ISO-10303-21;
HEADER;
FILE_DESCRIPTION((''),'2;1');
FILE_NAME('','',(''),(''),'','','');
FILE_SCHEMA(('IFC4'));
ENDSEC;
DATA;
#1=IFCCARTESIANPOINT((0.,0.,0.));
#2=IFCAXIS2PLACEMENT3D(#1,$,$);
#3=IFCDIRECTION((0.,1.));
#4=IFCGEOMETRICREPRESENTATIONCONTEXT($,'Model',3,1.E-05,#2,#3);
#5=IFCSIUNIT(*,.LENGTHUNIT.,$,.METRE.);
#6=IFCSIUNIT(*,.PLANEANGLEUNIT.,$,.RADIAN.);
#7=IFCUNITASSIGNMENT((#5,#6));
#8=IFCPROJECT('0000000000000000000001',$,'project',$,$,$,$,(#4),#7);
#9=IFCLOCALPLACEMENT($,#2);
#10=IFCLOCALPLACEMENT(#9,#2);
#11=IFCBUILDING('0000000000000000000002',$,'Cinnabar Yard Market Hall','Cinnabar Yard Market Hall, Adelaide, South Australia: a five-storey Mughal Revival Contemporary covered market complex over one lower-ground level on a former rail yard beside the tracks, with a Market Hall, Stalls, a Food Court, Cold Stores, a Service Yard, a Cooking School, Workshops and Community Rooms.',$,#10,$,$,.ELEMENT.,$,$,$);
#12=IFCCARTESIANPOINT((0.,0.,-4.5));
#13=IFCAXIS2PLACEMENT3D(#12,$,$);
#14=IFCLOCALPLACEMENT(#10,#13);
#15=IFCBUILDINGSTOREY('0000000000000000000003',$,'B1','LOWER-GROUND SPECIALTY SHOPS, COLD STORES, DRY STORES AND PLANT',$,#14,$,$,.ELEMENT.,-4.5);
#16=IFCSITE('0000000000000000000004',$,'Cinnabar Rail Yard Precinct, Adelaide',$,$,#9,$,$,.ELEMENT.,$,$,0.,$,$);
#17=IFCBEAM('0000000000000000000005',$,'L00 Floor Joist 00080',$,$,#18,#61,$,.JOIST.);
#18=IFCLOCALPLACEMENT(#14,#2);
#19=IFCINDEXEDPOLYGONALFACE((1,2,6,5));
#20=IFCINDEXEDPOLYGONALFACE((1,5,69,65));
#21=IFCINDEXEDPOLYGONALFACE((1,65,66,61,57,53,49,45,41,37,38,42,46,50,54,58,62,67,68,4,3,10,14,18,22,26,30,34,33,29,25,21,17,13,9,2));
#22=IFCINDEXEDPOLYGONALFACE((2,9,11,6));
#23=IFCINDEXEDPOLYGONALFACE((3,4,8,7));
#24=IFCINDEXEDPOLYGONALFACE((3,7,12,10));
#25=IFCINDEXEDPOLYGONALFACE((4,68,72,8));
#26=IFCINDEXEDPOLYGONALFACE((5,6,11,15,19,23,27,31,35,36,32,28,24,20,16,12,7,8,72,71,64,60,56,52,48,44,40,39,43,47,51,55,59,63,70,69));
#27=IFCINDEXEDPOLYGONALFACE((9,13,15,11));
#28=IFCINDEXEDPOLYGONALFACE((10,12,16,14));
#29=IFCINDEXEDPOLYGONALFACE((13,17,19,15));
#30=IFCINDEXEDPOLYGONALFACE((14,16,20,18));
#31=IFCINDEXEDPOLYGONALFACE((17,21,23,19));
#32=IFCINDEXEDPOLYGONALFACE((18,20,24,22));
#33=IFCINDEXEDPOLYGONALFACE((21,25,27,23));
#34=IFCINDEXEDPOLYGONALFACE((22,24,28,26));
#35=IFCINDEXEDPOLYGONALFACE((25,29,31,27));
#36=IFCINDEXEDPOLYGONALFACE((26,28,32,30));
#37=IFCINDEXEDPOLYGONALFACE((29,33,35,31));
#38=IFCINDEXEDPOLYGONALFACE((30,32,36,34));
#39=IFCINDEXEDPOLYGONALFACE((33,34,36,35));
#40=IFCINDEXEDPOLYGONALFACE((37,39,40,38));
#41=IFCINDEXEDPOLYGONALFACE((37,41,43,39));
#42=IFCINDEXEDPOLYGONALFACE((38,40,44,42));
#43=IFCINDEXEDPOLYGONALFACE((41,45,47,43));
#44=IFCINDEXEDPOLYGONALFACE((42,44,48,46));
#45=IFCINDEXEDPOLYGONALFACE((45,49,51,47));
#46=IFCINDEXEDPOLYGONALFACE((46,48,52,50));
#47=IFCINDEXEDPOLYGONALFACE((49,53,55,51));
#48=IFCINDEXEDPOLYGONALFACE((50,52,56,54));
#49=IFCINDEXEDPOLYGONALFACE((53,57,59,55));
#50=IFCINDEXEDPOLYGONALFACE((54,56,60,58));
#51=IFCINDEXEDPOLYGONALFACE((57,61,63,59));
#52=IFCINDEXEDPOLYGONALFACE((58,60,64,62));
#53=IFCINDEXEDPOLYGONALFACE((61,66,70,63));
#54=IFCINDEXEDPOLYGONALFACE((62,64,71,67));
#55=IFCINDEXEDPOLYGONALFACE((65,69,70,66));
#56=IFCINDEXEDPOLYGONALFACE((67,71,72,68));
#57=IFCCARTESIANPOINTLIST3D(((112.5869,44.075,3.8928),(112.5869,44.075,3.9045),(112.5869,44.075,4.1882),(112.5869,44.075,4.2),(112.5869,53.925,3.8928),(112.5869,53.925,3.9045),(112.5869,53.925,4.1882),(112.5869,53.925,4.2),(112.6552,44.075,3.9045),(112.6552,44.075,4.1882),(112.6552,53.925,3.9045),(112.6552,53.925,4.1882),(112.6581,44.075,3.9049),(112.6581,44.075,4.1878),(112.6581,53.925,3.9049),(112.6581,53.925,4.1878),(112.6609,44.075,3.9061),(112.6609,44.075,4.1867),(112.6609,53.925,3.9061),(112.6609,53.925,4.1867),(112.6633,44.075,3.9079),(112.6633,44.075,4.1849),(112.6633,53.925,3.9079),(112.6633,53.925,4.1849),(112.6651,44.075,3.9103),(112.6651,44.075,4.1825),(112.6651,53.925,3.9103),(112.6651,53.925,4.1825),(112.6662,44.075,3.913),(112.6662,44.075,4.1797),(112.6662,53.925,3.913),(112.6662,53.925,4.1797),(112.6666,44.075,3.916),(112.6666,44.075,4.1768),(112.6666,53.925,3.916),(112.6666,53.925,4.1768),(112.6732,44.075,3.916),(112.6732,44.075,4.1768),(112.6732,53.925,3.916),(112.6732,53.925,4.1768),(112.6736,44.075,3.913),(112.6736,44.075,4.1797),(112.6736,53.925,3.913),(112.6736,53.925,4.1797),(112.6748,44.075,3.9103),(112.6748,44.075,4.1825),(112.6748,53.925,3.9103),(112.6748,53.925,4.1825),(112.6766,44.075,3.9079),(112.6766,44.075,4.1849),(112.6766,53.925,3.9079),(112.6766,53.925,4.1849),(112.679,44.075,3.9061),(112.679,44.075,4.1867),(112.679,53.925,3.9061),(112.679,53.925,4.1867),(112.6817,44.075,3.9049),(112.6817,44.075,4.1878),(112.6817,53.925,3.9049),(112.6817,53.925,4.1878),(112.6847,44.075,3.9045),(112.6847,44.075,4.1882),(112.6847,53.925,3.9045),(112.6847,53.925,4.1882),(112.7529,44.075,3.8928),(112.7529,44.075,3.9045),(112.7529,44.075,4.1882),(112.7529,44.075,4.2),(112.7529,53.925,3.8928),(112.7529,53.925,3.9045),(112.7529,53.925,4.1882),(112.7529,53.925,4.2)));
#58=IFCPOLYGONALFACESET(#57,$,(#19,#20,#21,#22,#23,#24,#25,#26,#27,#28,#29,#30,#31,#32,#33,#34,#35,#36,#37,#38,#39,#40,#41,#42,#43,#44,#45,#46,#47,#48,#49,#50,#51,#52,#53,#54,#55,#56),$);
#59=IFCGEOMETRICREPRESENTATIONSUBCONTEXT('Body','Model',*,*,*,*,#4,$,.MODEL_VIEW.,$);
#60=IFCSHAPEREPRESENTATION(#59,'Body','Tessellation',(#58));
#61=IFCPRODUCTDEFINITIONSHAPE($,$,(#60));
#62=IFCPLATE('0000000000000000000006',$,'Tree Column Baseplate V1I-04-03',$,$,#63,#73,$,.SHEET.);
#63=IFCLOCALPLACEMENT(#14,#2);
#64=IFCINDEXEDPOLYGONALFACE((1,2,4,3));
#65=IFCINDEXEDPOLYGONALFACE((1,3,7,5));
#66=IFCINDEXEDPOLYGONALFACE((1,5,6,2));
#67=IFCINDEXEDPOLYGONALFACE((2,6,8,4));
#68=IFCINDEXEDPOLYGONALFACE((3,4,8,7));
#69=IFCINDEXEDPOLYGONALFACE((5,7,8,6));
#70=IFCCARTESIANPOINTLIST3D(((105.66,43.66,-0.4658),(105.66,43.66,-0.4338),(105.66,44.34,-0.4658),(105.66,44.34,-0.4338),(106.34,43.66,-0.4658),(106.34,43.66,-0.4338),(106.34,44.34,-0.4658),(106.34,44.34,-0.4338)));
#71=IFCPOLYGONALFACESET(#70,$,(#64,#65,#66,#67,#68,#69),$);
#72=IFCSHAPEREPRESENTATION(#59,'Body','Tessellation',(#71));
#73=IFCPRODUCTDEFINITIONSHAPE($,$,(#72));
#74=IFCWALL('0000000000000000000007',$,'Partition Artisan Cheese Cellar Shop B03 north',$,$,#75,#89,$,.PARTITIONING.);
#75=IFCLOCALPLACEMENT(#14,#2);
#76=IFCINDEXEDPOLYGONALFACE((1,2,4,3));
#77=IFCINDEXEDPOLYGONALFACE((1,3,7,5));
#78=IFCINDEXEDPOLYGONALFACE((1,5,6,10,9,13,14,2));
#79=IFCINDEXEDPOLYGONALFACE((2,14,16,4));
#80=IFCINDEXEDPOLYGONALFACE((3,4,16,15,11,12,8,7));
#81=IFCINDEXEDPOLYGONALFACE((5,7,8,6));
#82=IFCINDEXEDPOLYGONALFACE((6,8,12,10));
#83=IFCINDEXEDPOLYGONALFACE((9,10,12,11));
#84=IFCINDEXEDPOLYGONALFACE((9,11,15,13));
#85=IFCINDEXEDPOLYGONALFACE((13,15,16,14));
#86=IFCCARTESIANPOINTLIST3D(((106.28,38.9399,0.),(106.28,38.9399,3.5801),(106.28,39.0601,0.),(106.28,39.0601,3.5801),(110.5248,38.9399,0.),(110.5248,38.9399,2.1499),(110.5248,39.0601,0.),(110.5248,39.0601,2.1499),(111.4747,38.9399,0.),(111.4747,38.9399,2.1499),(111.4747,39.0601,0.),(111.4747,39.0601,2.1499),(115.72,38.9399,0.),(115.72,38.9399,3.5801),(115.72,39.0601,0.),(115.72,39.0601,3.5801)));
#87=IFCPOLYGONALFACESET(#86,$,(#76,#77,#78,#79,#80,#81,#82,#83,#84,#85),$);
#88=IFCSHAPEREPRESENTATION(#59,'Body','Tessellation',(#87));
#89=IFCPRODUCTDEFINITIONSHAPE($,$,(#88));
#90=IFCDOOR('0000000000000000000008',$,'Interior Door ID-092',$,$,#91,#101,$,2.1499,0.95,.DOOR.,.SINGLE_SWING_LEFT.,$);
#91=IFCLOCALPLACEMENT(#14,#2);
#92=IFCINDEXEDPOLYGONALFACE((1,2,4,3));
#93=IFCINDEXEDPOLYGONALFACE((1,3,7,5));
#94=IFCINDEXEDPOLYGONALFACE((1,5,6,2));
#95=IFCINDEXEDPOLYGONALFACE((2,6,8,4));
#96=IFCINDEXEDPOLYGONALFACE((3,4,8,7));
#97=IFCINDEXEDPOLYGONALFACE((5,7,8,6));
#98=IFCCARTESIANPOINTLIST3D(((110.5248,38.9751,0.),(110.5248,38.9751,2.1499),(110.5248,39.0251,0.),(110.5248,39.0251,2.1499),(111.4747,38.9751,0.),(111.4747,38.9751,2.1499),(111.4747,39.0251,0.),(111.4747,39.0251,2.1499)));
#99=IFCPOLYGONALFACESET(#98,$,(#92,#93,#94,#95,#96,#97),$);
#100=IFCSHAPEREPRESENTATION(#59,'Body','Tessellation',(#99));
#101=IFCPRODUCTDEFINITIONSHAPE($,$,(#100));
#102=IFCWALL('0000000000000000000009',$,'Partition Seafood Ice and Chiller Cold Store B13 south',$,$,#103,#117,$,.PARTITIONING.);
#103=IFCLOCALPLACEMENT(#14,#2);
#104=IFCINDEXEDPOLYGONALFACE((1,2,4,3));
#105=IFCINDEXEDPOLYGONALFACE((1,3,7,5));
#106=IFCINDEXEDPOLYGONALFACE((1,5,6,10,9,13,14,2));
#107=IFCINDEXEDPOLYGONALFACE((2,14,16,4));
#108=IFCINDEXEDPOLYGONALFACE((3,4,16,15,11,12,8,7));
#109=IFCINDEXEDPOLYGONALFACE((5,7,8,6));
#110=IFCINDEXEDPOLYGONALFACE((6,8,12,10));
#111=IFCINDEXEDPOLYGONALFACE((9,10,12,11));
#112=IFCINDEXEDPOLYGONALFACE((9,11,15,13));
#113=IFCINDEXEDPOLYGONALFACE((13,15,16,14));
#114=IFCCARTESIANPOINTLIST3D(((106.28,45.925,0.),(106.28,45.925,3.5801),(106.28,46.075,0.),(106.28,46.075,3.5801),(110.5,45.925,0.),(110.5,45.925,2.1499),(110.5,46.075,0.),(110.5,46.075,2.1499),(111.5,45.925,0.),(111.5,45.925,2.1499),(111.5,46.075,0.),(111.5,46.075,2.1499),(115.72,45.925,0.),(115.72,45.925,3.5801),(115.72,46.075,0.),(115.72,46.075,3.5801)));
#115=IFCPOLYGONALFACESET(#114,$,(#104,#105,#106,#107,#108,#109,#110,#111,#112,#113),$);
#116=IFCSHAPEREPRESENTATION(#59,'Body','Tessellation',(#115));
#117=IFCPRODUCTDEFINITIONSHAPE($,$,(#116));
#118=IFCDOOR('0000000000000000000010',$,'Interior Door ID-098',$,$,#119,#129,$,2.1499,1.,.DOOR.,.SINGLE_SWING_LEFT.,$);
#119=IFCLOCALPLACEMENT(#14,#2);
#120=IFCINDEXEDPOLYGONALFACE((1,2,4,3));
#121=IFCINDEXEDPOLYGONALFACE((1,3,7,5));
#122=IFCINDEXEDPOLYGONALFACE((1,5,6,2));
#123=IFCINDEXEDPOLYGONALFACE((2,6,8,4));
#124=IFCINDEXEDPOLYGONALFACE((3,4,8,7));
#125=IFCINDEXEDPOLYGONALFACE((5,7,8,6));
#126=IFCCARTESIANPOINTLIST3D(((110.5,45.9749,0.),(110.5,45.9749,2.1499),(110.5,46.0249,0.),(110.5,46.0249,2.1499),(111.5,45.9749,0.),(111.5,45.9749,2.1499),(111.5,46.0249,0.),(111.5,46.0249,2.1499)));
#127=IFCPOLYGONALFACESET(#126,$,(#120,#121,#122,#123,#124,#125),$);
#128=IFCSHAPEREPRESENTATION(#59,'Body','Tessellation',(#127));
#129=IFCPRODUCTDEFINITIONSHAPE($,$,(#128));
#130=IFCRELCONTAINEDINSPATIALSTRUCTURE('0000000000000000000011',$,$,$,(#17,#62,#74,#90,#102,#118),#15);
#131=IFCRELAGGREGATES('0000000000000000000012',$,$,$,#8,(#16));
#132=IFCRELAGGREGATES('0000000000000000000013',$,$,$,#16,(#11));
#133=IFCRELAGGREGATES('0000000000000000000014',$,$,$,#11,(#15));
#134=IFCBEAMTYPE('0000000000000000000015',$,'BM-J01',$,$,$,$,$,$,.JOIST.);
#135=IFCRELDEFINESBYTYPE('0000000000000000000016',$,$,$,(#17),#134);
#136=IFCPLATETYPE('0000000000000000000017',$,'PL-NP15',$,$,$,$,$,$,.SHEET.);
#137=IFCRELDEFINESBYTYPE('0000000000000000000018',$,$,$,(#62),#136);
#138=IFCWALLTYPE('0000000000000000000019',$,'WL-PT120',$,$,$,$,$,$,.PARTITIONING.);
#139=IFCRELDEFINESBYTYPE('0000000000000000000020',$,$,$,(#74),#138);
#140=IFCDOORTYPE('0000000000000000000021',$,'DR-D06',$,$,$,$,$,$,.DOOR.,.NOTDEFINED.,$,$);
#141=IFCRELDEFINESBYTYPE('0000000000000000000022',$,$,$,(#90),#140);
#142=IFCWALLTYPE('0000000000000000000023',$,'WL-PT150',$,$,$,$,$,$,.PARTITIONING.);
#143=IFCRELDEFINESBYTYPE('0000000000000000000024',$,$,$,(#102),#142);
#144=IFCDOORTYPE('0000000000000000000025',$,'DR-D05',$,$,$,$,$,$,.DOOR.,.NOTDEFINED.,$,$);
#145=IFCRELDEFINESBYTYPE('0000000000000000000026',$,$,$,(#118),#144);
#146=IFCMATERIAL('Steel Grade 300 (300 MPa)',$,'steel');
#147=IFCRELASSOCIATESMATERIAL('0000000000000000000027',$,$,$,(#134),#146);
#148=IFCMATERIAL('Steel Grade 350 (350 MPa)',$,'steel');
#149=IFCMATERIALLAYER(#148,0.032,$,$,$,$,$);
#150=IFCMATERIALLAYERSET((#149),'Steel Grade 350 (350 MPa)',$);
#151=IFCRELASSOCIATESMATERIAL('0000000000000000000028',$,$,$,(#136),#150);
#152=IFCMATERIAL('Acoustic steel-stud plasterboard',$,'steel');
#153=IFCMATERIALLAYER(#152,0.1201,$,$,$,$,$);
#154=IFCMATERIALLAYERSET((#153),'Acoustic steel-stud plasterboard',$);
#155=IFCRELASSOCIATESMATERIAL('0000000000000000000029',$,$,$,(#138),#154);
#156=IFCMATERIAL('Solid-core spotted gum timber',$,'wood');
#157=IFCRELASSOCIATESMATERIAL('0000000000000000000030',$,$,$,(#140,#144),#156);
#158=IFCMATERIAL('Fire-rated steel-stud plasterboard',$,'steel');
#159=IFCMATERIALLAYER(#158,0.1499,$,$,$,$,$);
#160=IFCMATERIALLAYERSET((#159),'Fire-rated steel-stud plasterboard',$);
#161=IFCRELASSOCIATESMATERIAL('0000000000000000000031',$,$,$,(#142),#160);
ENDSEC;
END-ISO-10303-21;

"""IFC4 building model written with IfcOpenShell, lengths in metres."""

from ifc_helpers import new_model, si_unit, direction, frame, frame_2d, origin, origin_2d_with_axis, place, context, subcontext, project, spatial, rectangle, i_section, extrude, material, layer, layer_set, material_profile, profile_set, type_object, element, fill, save


model = new_model("IFC4")

# Units and contexts
model_context = context("Model", 3, precision=1e-05, world=origin(), true_north=direction((0.0, 1.0)))
body_context = subcontext(model_context, "Body", "Model", "MODEL_VIEW")
ifc_project = project(units=[si_unit("LENGTHUNIT", "METRE"), si_unit("PLANEANGLEUNIT", "RADIAN")], contexts=[model_context])

# Site, building, storey
site_placement = place(None, origin())
site = spatial("IfcSite", under=ifc_project, at=site_placement, Name="Cinnabar Rail Yard Precinct, Adelaide", CompositionType="ELEMENT", RefElevation=0.0)
building_placement = place(site_placement, origin())
building = spatial("IfcBuilding", under=site, at=building_placement, Name="Cinnabar Yard Market Hall", Description="Cinnabar Yard Market Hall, Adelaide, South Australia: a five-storey Mughal Revival Contemporary covered market complex over one lower-ground level on a former rail yard beside the tracks, with a Market Hall, Stalls, a Food Court, Cold Stores, a Service Yard, a Cooking School, Workshops and Community Rooms.", CompositionType="ELEMENT")
storey_placement = place(building_placement, frame((0.0, 0.0, -4.5)))
storey = spatial("IfcBuildingStorey", under=building, at=storey_placement, Name="B1", Description="LOWER-GROUND SPECIALTY SHOPS, COLD STORES, DRY STORES AND PLANT", CompositionType="ELEMENT", Elevation=-4.5)

# Beam
ifc_material_1 = material(Name="Steel Grade 300 (300 MPa)", Category="steel")
ifc_material_profile_1 = material_profile(ifc_material_1, i_section(OverallWidth=0.166, OverallDepth=0.3071, WebThickness=0.0066, FlangeThickness=0.0117, FilletRadius=0.0115, at=origin_2d_with_axis()), Name="310UB46.2")
ifc_profile_set_1 = profile_set([ifc_material_profile_1], Name="Steel Grade 300 (300 MPa)")
beam_type_1 = type_object("IfcBeamType", Name="BM-J01", PredefinedType="JOIST", material=ifc_profile_set_1)
for number, where, z_axis, x_axis, name in (
    (1, (112.6699, 44.075, 4.0464), (0.0, 1.0, 0.0), (-1.0, 0.0, 0.0), "L00 Floor Joist 00080"),
):
    element("IfcBeam", number, at=place(storey_placement, frame(where, z_axis=z_axis, x_axis=x_axis)), inside=storey, type_object=beam_type_1, Name=name, PredefinedType="JOIST", context=body_context, shape_type="SweptSolid", body=[
        extrude(i_section(OverallWidth=0.166, OverallDepth=0.3071, WebThickness=0.0066, FlangeThickness=0.0117, FilletRadius=0.0115, at=origin_2d_with_axis()), origin(), (0.0, 0.0, 1.0), 9.8501),
    ])

# Plate
ifc_material_2 = material(Name="Steel Grade 350 (350 MPa)", Category="steel")
ifc_layer_1 = layer(ifc_material_2, 0.032)
ifc_layer_set_1 = layer_set([ifc_layer_1], Name="Steel Grade 350 (350 MPa)")
plate_type = type_object("IfcPlateType", Name="PL-NP15", PredefinedType="SHEET", material=ifc_layer_set_1)
plate_placement = place(storey_placement, frame((106.0, 44.0, -0.4658), z_axis=(0.0, 0.0, 1.0), x_axis=(1.0, 0.0, 0.0)))
element("IfcPlate", 2, at=plate_placement, inside=storey, type_object=plate_type, Name="Tree Column Baseplate V1I-04-03", PredefinedType="SHEET", context=body_context, shape_type="SweptSolid", body=[
    extrude(rectangle(XDim=0.6799, YDim=0.6799, at=origin_2d_with_axis()), origin(), (0.0, 0.0, 1.0), 0.032),
])

# Walls, openings, doors
ifc_material_3 = material(Name="Acoustic steel-stud plasterboard", Category="steel")
ifc_layer_2 = layer(ifc_material_3, 0.1201)
ifc_layer_set_2 = layer_set([ifc_layer_2], Name="Acoustic steel-stud plasterboard")
wall_type_1 = type_object("IfcWallType", Name="WL-PT120", PredefinedType="PARTITIONING", material=ifc_layer_set_2)
wall_1_placement = place(storey_placement, frame((115.72, 39.0, 0.0), z_axis=(0.0, 0.0, 1.0), x_axis=(-1.0, 0.0, 0.0)))
wall_1 = element("IfcWall", 3, at=wall_1_placement, inside=storey, type_object=wall_type_1, Name="Partition Artisan Cheese Cellar Shop B03 north", PredefinedType="PARTITIONING", context=body_context, shape_type="SweptSolid", body=[
    extrude(rectangle(XDim=9.4399, YDim=0.1201, at=frame_2d((4.72, 0.0), x_axis=(1.0, 0.0))), origin(), (0.0, 0.0, 1.0), 3.5801),
])
opening_1_placement = place(wall_1_placement, frame((4.2451, 0.0, 0.0)))
opening_1 = element("IfcOpeningElement", 4, at=opening_1_placement, cuts=wall_1, PredefinedType="OPENING", context=body_context, shape_type="SweptSolid", body=[
    extrude(rectangle(XDim=0.95, YDim=2.1499, at=frame_2d((0.4751, 1.075), x_axis=(1.0, 0.0))), frame((0.0, 0.0701, 0.0), z_axis=(0.0, -1.0, 0.0), x_axis=(1.0, 0.0, 0.0)), (0.0, 0.0, 1.0), 0.1401),
])
ifc_material_4 = material(Name="Solid-core spotted gum timber", Category="wood")
door_type_1 = type_object("IfcDoorType", Name="DR-D06", OperationType="NOTDEFINED", PredefinedType="DOOR", material=ifc_material_4)
door_1_placement = place(opening_1_placement, origin())
door_1 = element("IfcDoor", 5, at=door_1_placement, inside=storey, type_object=door_type_1, Name="Interior Door ID-092", OperationType="SINGLE_SWING_LEFT", OverallHeight=2.1499, OverallWidth=0.95, PredefinedType="DOOR", context=body_context, shape_type="SweptSolid", body=[
    extrude(rectangle(XDim=0.95, YDim=2.1499, at=frame_2d((0.4751, 1.075), x_axis=(1.0, 0.0))), frame((0.0, 0.0249, 0.0), z_axis=(0.0, -1.0, 0.0), x_axis=(1.0, 0.0, 0.0)), (0.0, 0.0, 1.0), 0.05),
])
fill(opening_1, door_1)
ifc_material_5 = material(Name="Fire-rated steel-stud plasterboard", Category="steel")
ifc_layer_3 = layer(ifc_material_5, 0.1499)
ifc_layer_set_3 = layer_set([ifc_layer_3], Name="Fire-rated steel-stud plasterboard")
wall_type_2 = type_object("IfcWallType", Name="WL-PT150", PredefinedType="PARTITIONING", material=ifc_layer_set_3)
wall_2_placement = place(storey_placement, frame((106.28, 46.0, 0.0), z_axis=(0.0, 0.0, 1.0), x_axis=(1.0, 0.0, 0.0)))
wall_2 = element("IfcWall", 6, at=wall_2_placement, inside=storey, type_object=wall_type_2, Name="Partition Seafood Ice and Chiller Cold Store B13 south", PredefinedType="PARTITIONING", context=body_context, shape_type="SweptSolid", body=[
    extrude(rectangle(XDim=9.4399, YDim=0.1499, at=frame_2d((4.72, 0.0), x_axis=(1.0, 0.0))), origin(), (0.0, 0.0, 1.0), 3.5801),
])
opening_2_placement = place(wall_2_placement, frame((4.22, 0.0, 0.0)))
opening_2 = element("IfcOpeningElement", 7, at=opening_2_placement, cuts=wall_2, PredefinedType="OPENING", context=body_context, shape_type="SweptSolid", body=[
    extrude(rectangle(XDim=1.0, YDim=2.1499, at=frame_2d((0.5, 1.075), x_axis=(1.0, 0.0))), frame((0.0, 0.085, 0.0), z_axis=(0.0, -1.0, 0.0), x_axis=(1.0, 0.0, 0.0)), (0.0, 0.0, 1.0), 0.1699),
])
door_type_2 = type_object("IfcDoorType", Name="DR-D05", OperationType="NOTDEFINED", PredefinedType="DOOR", material=ifc_material_4)
door_2_placement = place(opening_2_placement, origin())
door_2 = element("IfcDoor", 8, at=door_2_placement, inside=storey, type_object=door_type_2, Name="Interior Door ID-098", OperationType="SINGLE_SWING_LEFT", OverallHeight=2.1499, OverallWidth=1.0, PredefinedType="DOOR", context=body_context, shape_type="SweptSolid", body=[
    extrude(rectangle(XDim=1.0, YDim=2.1499, at=frame_2d((0.5, 1.075), x_axis=(1.0, 0.0))), frame((0.0, 0.0249, 0.0), z_axis=(0.0, -1.0, 0.0), x_axis=(1.0, 0.0, 0.0)), (0.0, 0.0, 1.0), 0.05),
])
fill(opening_2, door_2)

save(model, "model.ifc")
